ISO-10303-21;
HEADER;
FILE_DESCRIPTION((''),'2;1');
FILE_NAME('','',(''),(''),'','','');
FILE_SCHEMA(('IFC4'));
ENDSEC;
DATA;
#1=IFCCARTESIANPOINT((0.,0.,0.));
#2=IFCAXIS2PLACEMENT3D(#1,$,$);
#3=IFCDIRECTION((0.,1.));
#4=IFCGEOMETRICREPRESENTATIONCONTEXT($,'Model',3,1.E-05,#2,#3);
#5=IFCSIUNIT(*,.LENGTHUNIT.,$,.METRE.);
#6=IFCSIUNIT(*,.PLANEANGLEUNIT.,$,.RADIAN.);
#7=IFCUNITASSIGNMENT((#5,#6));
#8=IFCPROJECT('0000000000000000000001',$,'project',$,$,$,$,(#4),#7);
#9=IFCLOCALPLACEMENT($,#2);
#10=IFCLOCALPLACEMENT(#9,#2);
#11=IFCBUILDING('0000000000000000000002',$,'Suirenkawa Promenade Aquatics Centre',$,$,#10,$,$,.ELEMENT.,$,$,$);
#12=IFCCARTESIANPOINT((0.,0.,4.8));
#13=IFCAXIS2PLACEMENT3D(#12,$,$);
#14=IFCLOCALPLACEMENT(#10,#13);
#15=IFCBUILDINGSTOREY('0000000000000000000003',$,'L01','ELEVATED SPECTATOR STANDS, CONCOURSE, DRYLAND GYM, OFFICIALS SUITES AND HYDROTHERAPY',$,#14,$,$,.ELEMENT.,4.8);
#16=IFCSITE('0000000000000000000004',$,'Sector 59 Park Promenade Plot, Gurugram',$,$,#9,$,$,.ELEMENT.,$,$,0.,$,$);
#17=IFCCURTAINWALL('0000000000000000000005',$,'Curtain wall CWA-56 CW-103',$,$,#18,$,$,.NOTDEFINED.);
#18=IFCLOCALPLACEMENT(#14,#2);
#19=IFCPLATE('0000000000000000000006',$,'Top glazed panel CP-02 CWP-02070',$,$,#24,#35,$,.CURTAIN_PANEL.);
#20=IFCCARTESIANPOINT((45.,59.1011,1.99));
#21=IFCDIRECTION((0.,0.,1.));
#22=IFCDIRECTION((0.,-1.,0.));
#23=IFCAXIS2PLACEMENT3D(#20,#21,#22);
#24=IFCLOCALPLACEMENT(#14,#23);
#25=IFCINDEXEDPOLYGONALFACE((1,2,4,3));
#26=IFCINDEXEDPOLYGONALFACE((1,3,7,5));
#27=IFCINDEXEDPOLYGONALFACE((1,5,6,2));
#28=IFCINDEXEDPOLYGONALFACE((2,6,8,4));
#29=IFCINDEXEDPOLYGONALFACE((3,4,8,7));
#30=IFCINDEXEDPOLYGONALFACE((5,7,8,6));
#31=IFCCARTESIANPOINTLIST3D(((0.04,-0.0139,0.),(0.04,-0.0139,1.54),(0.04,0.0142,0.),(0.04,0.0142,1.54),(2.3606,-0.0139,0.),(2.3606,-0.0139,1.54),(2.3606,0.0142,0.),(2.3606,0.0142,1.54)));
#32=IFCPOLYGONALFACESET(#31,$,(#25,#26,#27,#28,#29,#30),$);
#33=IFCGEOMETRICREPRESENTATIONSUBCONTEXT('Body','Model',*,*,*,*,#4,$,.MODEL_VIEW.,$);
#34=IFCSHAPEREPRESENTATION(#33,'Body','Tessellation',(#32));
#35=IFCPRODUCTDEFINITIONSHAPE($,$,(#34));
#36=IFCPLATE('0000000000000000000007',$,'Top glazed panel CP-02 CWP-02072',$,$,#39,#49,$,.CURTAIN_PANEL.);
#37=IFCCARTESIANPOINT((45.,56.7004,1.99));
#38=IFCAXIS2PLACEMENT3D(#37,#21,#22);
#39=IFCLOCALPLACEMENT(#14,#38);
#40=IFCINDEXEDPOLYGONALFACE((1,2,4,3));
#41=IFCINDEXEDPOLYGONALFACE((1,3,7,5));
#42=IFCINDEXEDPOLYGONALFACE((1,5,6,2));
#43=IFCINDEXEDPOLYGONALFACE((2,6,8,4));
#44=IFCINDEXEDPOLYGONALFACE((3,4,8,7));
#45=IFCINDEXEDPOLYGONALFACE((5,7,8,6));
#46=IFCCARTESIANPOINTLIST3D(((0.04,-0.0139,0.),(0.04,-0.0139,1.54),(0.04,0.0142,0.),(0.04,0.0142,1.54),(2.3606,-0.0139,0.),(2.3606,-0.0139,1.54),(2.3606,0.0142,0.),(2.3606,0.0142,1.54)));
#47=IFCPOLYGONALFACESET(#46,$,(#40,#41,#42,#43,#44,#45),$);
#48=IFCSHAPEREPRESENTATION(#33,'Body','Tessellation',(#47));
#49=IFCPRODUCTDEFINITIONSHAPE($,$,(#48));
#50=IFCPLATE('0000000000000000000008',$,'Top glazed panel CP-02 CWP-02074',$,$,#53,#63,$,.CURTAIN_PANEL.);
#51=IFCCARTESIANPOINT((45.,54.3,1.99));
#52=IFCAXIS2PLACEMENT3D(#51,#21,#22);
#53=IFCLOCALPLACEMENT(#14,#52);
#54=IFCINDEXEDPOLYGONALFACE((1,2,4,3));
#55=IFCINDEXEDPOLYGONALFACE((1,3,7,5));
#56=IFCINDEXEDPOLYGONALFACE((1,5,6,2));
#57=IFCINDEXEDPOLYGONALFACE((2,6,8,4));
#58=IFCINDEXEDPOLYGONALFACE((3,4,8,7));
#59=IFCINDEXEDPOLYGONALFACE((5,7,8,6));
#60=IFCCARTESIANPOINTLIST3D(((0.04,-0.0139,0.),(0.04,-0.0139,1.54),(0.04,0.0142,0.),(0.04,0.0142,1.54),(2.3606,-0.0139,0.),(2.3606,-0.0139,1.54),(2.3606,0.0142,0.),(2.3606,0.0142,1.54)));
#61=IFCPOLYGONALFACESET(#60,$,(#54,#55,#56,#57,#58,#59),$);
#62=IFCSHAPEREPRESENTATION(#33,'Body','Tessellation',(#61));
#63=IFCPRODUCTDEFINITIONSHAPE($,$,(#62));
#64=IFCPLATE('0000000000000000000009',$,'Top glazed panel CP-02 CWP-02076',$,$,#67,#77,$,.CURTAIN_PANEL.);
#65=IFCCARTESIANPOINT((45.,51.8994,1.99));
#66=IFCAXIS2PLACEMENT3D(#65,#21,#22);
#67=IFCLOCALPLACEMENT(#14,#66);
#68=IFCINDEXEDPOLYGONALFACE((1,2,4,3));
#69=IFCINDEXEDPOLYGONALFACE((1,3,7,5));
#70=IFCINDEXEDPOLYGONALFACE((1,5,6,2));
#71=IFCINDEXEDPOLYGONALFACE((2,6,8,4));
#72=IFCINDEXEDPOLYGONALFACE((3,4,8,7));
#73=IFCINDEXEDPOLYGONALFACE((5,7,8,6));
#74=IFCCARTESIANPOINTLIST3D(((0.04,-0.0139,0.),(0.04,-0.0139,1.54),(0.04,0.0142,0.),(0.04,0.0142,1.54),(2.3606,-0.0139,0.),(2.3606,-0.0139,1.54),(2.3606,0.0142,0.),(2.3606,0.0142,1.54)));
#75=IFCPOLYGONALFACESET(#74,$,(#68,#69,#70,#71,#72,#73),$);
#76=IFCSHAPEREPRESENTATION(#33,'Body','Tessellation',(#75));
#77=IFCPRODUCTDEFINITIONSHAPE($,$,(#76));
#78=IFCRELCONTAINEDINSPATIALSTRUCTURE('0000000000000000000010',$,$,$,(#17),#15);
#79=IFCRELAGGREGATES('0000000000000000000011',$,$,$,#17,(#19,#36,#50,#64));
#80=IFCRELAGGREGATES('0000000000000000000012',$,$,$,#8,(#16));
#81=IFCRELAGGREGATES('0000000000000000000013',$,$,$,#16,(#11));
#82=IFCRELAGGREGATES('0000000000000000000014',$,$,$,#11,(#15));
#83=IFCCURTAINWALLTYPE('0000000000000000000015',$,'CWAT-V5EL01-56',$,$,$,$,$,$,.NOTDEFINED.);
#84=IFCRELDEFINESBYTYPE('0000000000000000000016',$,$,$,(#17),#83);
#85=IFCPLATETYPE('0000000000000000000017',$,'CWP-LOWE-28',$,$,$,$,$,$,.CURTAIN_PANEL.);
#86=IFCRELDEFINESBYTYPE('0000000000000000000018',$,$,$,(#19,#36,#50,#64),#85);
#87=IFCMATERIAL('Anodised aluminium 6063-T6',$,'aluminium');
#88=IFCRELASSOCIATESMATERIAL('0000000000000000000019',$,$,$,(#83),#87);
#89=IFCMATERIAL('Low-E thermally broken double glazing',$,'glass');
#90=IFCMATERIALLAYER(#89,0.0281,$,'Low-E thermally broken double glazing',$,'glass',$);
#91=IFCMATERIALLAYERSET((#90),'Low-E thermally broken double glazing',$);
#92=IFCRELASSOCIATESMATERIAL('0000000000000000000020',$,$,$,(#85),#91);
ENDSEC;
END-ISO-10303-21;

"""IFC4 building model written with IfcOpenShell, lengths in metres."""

from ifc_helpers import new_model, si_unit, direction, frame, origin, place, context, subcontext, project, spatial, polyline, outline, extrude, material, layer, layer_set, type_object, element, aggregate, save


model = new_model("IFC4")

# Units and contexts
model_context = context("Model", 3, precision=1e-05, world=origin(), true_north=direction((0.0, 1.0)))
body_context = subcontext(model_context, "Body", "Model", "MODEL_VIEW")
ifc_project = project(units=[si_unit("LENGTHUNIT", "METRE"), si_unit("PLANEANGLEUNIT", "RADIAN")], contexts=[model_context])

# Site, building, storey
site_placement = place(None, origin())
site = spatial("IfcSite", under=ifc_project, at=site_placement, Name="Sector 59 Park Promenade Plot, Gurugram", CompositionType="ELEMENT", RefElevation=0.0)
building_placement = place(site_placement, origin())
building = spatial("IfcBuilding", under=site, at=building_placement, Name="Suirenkawa Promenade Aquatics Centre", CompositionType="ELEMENT")
storey_placement = place(building_placement, frame((0.0, 0.0, 4.8)))
storey = spatial("IfcBuildingStorey", under=building, at=storey_placement, Name="L01", Description="ELEVATED SPECTATOR STANDS, CONCOURSE, DRYLAND GYM, OFFICIALS SUITES AND HYDROTHERAPY", CompositionType="ELEMENT", Elevation=4.8)

# Curtain wall, plates
ifc_material_1 = material(Name="Anodised aluminium 6063-T6", Category="aluminium")
curtain_wall_type = type_object("IfcCurtainWallType", Name="CWAT-V5EL01-56", PredefinedType="NOTDEFINED", material=ifc_material_1)
curtain_wall_placement = place(storey_placement, origin())
curtain_wall = element("IfcCurtainWall", 1, at=curtain_wall_placement, inside=storey, type_object=curtain_wall_type, Name="Curtain wall CWA-56 CW-103", PredefinedType="NOTDEFINED")
ifc_material_2 = material(Name="Low-E thermally broken double glazing", Category="glass")
ifc_layer = layer(ifc_material_2, 0.0281, Name="Low-E thermally broken double glazing", Category="glass")
ifc_layer_set = layer_set([ifc_layer], Name="Low-E thermally broken double glazing")
plate_type = type_object("IfcPlateType", Name="CWP-LOWE-28", PredefinedType="CURTAIN_PANEL", material=ifc_layer_set)
plate_1_placement = place(storey_placement, frame((45.0, 59.1011, 1.99), z_axis=(0.0, 0.0, 1.0), x_axis=(0.0, -1.0, 0.0)))
plate_1 = element("IfcPlate", 2, at=plate_1_placement, type_object=plate_type, Name="Top glazed panel CP-02 CWP-02070", PredefinedType="CURTAIN_PANEL", context=body_context, shape_type="SweptSolid", body=[
    extrude(outline(polyline([(0.04, 0.0), (2.3606, 0.0), (2.3606, 1.54), (0.04, 1.54), (0.04, 0.0)])), frame((0.0, 0.0142, 0.0), z_axis=(0.0, -1.0, 0.0), x_axis=(1.0, 0.0, 0.0)), (0.0, 0.0, 1.0), 0.0281),
])
plate_2_placement = place(storey_placement, frame((45.0, 56.7004, 1.99), z_axis=(0.0, 0.0, 1.0), x_axis=(0.0, -1.0, 0.0)))
plate_2 = element("IfcPlate", 3, at=plate_2_placement, type_object=plate_type, Name="Top glazed panel CP-02 CWP-02072", PredefinedType="CURTAIN_PANEL", context=body_context, shape_type="SweptSolid", body=[
    extrude(outline(polyline([(0.04, 0.0), (2.3606, 0.0), (2.3606, 1.54), (0.04, 1.54), (0.04, 0.0)])), frame((0.0, 0.0142, 0.0), z_axis=(0.0, -1.0, 0.0), x_axis=(1.0, 0.0, 0.0)), (0.0, 0.0, 1.0), 0.0281),
])
plate_3_placement = place(storey_placement, frame((45.0, 54.3, 1.99), z_axis=(0.0, 0.0, 1.0), x_axis=(0.0, -1.0, 0.0)))
plate_3 = element("IfcPlate", 4, at=plate_3_placement, type_object=plate_type, Name="Top glazed panel CP-02 CWP-02074", PredefinedType="CURTAIN_PANEL", context=body_context, shape_type="SweptSolid", body=[
    extrude(outline(polyline([(0.04, 0.0), (2.3606, 0.0), (2.3606, 1.54), (0.04, 1.54), (0.04, 0.0)])), frame((0.0, 0.0142, 0.0), z_axis=(0.0, -1.0, 0.0), x_axis=(1.0, 0.0, 0.0)), (0.0, 0.0, 1.0), 0.0281),
])
plate_4_placement = place(storey_placement, frame((45.0, 51.8994, 1.99), z_axis=(0.0, 0.0, 1.0), x_axis=(0.0, -1.0, 0.0)))
plate_4 = element("IfcPlate", 5, at=plate_4_placement, type_object=plate_type, Name="Top glazed panel CP-02 CWP-02076", PredefinedType="CURTAIN_PANEL", context=body_context, shape_type="SweptSolid", body=[
    extrude(outline(polyline([(0.04, 0.0), (2.3606, 0.0), (2.3606, 1.54), (0.04, 1.54), (0.04, 0.0)])), frame((0.0, 0.0142, 0.0), z_axis=(0.0, -1.0, 0.0), x_axis=(1.0, 0.0, 0.0)), (0.0, 0.0, 1.0), 0.0281),
])
aggregate(curtain_wall, [plate_1, plate_2, plate_3, plate_4])

save(model, "model.ifc")
